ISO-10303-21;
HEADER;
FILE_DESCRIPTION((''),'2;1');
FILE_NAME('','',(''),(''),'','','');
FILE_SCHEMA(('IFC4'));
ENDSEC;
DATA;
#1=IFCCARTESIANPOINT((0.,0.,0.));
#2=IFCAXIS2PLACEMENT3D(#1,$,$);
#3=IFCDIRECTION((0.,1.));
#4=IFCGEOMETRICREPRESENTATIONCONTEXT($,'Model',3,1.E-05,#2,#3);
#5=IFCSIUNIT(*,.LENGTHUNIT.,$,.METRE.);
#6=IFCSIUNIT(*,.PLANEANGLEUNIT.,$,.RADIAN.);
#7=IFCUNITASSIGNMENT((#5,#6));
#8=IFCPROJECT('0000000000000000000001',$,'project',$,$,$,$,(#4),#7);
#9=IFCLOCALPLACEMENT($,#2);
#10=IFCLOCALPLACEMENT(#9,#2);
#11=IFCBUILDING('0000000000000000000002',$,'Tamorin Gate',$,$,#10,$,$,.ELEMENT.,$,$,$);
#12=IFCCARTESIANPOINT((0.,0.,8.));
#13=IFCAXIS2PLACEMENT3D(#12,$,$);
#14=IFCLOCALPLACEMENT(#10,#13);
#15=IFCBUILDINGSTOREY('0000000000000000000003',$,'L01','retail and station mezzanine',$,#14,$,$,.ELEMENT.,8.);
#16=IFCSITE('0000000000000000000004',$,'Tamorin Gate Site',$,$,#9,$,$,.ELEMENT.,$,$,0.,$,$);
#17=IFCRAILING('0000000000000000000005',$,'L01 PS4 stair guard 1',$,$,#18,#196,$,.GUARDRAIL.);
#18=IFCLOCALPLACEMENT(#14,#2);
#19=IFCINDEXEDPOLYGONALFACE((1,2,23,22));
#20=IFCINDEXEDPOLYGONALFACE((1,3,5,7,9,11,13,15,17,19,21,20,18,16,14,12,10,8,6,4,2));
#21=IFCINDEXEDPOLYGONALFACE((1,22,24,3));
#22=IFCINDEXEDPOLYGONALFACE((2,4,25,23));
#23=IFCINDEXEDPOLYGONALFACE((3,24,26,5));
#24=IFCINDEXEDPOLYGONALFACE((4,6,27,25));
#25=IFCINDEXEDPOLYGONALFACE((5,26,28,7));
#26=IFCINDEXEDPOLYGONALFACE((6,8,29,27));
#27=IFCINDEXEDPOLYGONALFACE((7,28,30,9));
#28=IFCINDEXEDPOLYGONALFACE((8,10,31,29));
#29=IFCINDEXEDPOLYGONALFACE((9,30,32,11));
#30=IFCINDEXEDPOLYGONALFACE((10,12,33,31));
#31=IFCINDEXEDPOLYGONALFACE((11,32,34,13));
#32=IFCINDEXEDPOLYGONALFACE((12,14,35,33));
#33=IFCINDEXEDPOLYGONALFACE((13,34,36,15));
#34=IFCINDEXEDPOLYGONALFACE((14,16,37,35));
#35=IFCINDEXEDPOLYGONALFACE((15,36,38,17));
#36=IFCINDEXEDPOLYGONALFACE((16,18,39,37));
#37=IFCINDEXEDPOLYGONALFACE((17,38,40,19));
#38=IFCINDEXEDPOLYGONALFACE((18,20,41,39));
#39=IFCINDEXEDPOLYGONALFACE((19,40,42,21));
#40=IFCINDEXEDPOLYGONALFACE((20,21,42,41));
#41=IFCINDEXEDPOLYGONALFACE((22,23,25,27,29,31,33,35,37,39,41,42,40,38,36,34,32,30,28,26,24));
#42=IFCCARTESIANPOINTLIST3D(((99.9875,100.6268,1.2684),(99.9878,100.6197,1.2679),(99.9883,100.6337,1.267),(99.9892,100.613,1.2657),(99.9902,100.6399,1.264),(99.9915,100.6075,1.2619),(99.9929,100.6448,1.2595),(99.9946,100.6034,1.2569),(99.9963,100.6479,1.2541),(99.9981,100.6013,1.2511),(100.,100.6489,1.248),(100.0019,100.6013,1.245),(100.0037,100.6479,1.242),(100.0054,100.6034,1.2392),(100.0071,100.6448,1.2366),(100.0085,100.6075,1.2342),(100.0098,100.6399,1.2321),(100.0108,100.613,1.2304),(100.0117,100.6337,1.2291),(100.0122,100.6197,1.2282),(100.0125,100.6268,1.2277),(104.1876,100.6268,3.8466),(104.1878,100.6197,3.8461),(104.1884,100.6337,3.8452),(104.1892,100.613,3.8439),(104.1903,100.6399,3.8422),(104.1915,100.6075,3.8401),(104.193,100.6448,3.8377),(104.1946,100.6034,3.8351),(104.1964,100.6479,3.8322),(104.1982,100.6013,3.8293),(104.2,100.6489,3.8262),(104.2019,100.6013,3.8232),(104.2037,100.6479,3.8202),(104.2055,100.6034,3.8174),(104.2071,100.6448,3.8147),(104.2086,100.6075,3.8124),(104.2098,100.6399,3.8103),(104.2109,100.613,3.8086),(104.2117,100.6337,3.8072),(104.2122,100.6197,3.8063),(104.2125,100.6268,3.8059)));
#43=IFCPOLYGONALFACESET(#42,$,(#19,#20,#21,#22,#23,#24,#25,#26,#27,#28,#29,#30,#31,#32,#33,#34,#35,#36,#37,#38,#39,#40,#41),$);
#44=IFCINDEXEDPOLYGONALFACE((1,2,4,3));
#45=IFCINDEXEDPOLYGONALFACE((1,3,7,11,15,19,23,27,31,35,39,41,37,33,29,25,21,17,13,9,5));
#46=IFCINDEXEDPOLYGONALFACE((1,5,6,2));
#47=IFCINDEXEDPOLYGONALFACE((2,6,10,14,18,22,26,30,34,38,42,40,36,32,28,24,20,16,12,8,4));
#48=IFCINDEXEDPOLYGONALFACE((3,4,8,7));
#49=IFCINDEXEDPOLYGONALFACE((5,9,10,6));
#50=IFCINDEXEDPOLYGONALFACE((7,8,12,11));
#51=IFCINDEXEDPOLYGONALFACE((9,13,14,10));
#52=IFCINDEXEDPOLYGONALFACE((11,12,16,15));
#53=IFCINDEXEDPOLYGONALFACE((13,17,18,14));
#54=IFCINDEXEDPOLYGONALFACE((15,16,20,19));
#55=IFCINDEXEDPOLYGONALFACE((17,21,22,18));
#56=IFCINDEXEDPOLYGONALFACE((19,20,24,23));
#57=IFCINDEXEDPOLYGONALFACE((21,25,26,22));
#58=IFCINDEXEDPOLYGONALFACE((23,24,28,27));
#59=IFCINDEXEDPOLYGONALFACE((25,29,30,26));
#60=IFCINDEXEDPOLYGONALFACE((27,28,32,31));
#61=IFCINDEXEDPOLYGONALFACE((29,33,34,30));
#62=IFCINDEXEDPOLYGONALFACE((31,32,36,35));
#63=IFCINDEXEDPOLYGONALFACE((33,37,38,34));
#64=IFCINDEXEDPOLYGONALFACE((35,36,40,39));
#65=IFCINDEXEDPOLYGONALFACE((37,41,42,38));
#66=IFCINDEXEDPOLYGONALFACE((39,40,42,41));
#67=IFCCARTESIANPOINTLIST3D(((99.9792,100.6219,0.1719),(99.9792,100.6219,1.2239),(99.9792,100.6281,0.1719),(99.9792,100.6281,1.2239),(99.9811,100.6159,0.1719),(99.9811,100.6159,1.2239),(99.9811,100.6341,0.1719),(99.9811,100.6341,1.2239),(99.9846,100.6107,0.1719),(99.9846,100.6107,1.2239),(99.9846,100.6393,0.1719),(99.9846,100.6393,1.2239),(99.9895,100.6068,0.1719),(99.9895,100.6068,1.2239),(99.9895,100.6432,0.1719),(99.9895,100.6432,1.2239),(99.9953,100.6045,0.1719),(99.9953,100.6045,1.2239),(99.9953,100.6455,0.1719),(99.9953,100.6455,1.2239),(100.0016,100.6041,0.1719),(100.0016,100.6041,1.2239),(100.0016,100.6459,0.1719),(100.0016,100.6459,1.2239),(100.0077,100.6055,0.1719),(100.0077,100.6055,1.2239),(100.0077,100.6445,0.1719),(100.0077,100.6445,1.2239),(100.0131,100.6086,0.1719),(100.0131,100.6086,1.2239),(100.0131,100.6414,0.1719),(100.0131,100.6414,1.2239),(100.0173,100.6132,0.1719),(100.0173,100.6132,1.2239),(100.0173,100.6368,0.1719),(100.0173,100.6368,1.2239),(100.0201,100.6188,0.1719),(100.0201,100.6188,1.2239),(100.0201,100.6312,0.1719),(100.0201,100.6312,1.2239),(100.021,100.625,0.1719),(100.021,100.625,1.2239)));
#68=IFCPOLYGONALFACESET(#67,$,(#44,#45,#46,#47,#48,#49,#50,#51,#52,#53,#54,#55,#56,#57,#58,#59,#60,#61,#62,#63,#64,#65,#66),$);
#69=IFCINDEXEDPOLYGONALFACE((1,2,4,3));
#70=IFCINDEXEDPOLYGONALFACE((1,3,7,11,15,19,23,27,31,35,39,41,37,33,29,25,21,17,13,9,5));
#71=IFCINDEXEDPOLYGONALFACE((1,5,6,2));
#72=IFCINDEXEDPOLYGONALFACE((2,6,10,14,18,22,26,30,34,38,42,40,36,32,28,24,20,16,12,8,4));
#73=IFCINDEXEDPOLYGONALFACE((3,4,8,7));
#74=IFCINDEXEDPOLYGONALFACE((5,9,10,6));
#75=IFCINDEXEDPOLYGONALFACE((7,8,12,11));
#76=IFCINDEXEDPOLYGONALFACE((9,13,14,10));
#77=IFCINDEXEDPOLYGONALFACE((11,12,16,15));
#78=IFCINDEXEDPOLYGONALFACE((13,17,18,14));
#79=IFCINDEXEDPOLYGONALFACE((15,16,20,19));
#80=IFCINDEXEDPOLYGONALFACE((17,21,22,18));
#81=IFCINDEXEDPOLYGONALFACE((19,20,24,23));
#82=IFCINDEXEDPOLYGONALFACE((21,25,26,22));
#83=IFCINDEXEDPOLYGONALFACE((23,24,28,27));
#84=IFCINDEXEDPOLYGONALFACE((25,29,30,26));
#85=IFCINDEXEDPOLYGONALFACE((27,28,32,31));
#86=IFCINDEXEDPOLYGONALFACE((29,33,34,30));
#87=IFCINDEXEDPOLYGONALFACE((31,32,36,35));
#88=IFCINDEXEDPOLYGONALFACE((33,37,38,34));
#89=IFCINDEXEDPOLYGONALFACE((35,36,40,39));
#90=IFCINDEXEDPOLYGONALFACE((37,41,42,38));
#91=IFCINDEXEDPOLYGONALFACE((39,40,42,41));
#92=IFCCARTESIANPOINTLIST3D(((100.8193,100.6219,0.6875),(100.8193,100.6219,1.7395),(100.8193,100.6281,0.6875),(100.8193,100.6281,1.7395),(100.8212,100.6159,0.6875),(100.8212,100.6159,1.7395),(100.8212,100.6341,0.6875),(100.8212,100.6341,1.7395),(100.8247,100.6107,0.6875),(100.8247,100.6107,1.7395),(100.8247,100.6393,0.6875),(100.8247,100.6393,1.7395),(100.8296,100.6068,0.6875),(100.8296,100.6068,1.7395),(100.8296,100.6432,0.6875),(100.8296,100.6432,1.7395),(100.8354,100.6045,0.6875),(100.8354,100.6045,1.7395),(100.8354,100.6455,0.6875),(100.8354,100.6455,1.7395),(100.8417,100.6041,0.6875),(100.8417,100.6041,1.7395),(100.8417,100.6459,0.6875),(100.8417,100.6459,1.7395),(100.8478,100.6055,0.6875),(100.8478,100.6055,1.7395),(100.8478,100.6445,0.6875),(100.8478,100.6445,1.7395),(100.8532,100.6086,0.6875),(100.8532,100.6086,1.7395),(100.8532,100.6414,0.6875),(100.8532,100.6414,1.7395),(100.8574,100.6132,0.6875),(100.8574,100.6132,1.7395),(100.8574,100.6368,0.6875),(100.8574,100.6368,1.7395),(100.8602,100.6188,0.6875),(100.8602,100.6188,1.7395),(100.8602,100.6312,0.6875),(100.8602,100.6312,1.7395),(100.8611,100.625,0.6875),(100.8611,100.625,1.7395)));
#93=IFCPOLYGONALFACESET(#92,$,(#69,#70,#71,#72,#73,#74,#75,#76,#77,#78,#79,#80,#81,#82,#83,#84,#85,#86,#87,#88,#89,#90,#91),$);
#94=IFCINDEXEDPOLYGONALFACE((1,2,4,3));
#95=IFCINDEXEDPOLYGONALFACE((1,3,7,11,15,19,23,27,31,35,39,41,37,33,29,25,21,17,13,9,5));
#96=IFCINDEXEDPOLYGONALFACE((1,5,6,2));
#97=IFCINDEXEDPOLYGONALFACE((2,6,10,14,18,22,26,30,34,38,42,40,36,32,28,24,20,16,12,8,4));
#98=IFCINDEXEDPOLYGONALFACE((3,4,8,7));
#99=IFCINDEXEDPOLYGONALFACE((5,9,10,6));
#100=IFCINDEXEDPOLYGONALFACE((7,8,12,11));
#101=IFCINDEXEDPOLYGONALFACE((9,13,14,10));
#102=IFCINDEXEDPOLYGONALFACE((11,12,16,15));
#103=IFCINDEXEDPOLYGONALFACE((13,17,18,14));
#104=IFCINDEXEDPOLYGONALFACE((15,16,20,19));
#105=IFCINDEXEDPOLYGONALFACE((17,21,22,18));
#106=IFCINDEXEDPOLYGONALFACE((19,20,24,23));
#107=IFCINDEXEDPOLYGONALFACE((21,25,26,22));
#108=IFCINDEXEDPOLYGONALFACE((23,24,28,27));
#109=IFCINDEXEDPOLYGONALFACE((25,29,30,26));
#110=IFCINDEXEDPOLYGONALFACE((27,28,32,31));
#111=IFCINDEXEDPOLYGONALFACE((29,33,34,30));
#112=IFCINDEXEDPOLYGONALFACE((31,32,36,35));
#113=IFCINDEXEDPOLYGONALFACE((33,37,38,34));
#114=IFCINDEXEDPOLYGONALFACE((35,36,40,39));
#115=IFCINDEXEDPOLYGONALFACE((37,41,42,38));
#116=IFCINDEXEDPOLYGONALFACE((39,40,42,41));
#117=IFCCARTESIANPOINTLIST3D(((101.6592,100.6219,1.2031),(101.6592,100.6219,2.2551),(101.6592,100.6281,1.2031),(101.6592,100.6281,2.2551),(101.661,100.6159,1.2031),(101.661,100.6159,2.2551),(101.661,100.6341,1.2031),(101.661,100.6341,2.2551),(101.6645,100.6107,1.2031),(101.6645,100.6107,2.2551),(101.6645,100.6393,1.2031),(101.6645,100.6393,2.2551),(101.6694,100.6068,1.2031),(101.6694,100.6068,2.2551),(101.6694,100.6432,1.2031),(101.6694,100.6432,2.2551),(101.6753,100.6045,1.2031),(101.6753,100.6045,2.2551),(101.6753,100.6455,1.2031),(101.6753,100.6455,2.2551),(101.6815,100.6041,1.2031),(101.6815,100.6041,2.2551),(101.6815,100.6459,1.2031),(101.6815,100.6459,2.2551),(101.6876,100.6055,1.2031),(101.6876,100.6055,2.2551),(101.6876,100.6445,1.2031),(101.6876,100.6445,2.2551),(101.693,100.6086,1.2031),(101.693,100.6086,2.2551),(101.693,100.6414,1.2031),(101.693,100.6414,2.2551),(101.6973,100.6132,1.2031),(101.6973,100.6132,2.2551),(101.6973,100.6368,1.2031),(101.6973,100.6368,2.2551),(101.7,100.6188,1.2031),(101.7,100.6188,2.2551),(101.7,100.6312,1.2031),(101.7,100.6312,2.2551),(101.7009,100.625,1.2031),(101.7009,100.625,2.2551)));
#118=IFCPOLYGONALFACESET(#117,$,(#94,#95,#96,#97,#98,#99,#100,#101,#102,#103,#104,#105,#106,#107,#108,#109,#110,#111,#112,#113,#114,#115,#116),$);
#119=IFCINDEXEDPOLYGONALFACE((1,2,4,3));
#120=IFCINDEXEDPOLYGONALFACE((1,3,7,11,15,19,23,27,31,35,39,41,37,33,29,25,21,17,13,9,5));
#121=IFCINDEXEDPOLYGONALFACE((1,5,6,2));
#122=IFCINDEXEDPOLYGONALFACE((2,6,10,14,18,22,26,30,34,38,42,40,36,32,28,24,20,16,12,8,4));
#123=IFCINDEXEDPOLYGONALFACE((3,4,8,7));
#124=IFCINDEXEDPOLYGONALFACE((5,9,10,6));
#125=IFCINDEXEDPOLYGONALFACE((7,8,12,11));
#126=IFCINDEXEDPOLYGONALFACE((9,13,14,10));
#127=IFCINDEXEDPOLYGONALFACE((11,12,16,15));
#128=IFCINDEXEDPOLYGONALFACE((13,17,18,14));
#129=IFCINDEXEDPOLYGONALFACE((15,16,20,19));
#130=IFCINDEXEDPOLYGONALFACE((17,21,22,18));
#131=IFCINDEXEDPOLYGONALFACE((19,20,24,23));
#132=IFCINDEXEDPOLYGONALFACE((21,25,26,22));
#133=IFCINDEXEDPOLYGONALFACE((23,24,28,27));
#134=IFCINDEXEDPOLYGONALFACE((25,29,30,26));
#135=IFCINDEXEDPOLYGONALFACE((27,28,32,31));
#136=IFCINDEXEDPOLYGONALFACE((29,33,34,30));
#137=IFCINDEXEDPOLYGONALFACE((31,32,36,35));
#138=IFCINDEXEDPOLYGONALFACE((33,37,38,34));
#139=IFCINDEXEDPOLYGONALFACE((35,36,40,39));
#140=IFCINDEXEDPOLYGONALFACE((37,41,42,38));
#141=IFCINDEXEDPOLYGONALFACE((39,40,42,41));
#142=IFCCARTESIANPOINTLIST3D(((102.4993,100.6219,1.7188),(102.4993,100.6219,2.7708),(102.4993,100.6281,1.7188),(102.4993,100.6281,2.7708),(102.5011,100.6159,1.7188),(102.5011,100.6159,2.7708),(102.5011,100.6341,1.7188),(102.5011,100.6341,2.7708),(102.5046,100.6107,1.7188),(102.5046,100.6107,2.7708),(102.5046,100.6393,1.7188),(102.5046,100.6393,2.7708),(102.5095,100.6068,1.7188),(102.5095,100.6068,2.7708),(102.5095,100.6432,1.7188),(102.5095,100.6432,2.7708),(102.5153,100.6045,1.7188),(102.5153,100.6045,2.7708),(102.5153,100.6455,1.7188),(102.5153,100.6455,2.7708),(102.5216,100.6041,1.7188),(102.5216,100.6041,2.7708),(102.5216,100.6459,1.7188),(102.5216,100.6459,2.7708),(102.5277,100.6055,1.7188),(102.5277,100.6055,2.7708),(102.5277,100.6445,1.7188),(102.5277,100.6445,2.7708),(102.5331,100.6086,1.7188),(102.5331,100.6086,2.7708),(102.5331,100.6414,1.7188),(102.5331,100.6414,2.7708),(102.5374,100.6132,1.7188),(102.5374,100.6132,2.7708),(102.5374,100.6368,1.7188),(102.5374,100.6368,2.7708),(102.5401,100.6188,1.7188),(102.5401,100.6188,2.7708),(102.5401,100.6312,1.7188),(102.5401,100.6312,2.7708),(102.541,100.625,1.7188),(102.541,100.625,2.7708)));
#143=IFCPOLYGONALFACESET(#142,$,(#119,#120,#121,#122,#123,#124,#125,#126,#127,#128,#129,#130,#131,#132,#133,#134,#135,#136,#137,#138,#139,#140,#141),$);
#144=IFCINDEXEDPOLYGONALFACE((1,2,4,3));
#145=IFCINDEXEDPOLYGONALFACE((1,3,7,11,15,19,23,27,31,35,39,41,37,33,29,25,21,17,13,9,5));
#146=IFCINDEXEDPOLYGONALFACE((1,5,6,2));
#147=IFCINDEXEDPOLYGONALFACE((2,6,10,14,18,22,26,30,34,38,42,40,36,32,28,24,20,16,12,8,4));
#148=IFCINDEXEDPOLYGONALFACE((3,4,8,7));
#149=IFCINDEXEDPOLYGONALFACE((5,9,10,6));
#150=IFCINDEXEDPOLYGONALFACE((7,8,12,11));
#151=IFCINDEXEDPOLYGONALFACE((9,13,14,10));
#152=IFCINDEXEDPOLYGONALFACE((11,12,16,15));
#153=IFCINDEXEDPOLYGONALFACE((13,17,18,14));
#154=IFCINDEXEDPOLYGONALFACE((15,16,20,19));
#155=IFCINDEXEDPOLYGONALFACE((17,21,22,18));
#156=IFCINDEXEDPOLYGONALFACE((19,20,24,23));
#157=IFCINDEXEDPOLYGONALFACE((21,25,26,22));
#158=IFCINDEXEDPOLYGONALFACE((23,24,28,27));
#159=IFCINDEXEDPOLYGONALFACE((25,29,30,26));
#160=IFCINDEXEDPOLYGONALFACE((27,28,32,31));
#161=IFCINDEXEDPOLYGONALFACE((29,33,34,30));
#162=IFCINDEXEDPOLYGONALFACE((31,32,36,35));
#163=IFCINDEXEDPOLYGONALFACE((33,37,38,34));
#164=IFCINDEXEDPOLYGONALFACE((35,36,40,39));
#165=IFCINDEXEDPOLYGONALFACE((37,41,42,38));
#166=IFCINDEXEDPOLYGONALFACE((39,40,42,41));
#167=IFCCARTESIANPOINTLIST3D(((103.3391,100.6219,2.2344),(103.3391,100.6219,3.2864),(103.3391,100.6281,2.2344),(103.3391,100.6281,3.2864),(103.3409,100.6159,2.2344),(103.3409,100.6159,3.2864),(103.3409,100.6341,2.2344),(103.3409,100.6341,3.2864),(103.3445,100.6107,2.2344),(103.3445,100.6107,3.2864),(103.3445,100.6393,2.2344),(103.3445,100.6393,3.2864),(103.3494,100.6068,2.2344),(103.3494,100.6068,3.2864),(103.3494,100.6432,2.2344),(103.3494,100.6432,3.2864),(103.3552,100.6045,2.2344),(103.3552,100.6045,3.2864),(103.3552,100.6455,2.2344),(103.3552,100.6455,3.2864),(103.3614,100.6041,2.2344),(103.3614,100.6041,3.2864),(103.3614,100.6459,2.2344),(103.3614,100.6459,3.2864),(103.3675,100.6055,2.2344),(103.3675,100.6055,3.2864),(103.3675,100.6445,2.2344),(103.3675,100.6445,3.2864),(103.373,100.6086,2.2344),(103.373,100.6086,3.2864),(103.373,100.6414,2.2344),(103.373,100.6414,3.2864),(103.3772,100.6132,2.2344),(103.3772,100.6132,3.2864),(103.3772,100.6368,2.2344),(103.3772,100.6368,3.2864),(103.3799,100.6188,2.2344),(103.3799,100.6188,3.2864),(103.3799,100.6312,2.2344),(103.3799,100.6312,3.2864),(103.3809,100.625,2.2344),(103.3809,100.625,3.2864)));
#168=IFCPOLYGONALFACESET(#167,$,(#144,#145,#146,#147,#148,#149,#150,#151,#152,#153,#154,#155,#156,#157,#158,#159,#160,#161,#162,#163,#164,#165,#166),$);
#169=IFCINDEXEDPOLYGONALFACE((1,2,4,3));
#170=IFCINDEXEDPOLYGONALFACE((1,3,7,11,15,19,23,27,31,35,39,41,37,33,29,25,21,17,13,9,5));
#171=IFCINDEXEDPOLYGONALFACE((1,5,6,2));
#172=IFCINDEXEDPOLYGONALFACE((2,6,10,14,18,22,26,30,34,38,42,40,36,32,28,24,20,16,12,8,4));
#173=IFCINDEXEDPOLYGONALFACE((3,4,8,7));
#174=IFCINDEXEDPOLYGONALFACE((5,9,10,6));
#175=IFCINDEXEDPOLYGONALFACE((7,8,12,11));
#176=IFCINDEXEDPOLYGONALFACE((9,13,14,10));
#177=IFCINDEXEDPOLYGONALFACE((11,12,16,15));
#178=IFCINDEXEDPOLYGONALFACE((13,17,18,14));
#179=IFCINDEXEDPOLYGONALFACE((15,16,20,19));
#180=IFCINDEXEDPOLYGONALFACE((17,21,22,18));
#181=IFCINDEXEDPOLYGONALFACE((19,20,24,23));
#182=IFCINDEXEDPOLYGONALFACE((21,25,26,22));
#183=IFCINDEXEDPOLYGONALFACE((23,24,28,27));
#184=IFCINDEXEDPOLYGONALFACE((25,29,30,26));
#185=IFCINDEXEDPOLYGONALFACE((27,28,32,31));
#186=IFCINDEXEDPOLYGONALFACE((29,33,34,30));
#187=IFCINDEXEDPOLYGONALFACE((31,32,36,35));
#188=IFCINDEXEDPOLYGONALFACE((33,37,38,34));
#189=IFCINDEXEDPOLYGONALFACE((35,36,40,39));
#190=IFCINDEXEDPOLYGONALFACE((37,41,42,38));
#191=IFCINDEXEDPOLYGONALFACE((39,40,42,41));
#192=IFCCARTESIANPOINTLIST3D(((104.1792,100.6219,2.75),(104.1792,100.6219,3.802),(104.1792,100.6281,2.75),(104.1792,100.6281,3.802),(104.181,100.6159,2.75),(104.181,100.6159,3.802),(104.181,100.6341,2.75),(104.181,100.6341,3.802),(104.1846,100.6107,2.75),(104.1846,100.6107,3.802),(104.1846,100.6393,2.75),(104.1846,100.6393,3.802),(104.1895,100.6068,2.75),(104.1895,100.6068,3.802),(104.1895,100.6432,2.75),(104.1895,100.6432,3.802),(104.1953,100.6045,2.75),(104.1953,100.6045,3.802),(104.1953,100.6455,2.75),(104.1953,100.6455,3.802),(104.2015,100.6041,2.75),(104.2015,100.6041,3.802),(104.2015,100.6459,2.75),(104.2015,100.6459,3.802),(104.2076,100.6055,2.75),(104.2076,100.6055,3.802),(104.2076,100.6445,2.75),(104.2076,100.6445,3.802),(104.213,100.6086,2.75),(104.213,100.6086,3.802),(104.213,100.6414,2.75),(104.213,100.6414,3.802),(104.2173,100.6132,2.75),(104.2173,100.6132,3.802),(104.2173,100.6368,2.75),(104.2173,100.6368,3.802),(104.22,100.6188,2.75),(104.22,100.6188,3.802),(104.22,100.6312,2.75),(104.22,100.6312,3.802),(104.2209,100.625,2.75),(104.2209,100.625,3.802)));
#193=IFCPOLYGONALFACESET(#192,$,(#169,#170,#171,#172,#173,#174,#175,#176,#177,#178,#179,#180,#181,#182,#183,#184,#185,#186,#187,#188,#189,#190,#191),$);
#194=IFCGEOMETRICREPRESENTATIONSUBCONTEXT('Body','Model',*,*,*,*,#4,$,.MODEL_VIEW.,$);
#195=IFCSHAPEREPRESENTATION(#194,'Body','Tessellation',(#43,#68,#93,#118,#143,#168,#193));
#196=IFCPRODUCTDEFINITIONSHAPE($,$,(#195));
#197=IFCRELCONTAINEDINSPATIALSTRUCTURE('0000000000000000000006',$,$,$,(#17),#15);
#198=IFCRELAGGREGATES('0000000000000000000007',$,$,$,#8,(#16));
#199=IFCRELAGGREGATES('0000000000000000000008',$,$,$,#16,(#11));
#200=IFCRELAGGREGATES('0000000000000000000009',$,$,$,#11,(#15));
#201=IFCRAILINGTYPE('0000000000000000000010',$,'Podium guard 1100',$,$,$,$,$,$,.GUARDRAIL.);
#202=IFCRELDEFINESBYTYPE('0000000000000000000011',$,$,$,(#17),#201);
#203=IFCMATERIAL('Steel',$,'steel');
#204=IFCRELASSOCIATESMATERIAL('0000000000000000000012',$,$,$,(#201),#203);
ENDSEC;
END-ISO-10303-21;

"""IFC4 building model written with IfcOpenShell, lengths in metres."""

from ifc_helpers import new_model, si_unit, direction, frame, origin, origin_2d, place, context, subcontext, project, spatial, circle, extrude, material, type_object, element, save


model = new_model("IFC4")

# Units and contexts
model_context = context("Model", 3, precision=1e-05, world=origin(), true_north=direction((0.0, 1.0)))
body_context = subcontext(model_context, "Body", "Model", "MODEL_VIEW")
ifc_project = project(units=[si_unit("LENGTHUNIT", "METRE"), si_unit("PLANEANGLEUNIT", "RADIAN")], contexts=[model_context])

# Site, building, storey
site_placement = place(None, origin())
site = spatial("IfcSite", under=ifc_project, at=site_placement, Name="Tamorin Gate Site", CompositionType="ELEMENT", RefElevation=0.0)
building_placement = place(site_placement, origin())
building = spatial("IfcBuilding", under=site, at=building_placement, Name="Tamorin Gate", CompositionType="ELEMENT")
storey_placement = place(building_placement, frame((0.0, 0.0, 8.0)))
storey = spatial("IfcBuildingStorey", under=building, at=storey_placement, Name="L01", Description="retail and station mezzanine", CompositionType="ELEMENT", Elevation=8.0)

# Railing
ifc_material_1 = material(Name="Steel", Category="steel")
railing_type_1 = type_object("IfcRailingType", Name="Podium guard 1100", PredefinedType="GUARDRAIL", material=ifc_material_1)
railing_1_placement = place(storey_placement, frame((100.0, 100.625, 0.1719)))
element("IfcRailing", 1, at=railing_1_placement, inside=storey, type_object=railing_type_1, Name="L01 PS4 stair guard 1", PredefinedType="GUARDRAIL", context=body_context, shape_type="SweptSolid", body=[
    extrude(circle(Radius=0.0239, at=origin_2d()), frame((0.0, 0.0, 1.0762), z_axis=(0.852243, 0.0, 0.523146), x_axis=(0.0, 1.0, 0.0)), (0.0, 0.0, 1.0), 4.9282),
    extrude(circle(Radius=0.021, at=origin_2d()), origin(), (0.0, 0.0, 1.0), 1.052),
    extrude(circle(Radius=0.021, at=origin_2d()), frame((0.8401, 0.0, 0.5156)), (0.0, 0.0, 1.0), 1.052),
    extrude(circle(Radius=0.021, at=origin_2d()), frame((1.6799, 0.0, 1.0312)), (0.0, 0.0, 1.0), 1.052),
    extrude(circle(Radius=0.021, at=origin_2d()), frame((2.52, 0.0, 1.5469)), (0.0, 0.0, 1.0), 1.052),
    extrude(circle(Radius=0.021, at=origin_2d()), frame((3.3599, 0.0, 2.0625)), (0.0, 0.0, 1.0), 1.052),
    extrude(circle(Radius=0.021, at=origin_2d()), frame((4.2, 0.0, 2.5781)), (0.0, 0.0, 1.0), 1.052),
])

save(model, "model.ifc")
